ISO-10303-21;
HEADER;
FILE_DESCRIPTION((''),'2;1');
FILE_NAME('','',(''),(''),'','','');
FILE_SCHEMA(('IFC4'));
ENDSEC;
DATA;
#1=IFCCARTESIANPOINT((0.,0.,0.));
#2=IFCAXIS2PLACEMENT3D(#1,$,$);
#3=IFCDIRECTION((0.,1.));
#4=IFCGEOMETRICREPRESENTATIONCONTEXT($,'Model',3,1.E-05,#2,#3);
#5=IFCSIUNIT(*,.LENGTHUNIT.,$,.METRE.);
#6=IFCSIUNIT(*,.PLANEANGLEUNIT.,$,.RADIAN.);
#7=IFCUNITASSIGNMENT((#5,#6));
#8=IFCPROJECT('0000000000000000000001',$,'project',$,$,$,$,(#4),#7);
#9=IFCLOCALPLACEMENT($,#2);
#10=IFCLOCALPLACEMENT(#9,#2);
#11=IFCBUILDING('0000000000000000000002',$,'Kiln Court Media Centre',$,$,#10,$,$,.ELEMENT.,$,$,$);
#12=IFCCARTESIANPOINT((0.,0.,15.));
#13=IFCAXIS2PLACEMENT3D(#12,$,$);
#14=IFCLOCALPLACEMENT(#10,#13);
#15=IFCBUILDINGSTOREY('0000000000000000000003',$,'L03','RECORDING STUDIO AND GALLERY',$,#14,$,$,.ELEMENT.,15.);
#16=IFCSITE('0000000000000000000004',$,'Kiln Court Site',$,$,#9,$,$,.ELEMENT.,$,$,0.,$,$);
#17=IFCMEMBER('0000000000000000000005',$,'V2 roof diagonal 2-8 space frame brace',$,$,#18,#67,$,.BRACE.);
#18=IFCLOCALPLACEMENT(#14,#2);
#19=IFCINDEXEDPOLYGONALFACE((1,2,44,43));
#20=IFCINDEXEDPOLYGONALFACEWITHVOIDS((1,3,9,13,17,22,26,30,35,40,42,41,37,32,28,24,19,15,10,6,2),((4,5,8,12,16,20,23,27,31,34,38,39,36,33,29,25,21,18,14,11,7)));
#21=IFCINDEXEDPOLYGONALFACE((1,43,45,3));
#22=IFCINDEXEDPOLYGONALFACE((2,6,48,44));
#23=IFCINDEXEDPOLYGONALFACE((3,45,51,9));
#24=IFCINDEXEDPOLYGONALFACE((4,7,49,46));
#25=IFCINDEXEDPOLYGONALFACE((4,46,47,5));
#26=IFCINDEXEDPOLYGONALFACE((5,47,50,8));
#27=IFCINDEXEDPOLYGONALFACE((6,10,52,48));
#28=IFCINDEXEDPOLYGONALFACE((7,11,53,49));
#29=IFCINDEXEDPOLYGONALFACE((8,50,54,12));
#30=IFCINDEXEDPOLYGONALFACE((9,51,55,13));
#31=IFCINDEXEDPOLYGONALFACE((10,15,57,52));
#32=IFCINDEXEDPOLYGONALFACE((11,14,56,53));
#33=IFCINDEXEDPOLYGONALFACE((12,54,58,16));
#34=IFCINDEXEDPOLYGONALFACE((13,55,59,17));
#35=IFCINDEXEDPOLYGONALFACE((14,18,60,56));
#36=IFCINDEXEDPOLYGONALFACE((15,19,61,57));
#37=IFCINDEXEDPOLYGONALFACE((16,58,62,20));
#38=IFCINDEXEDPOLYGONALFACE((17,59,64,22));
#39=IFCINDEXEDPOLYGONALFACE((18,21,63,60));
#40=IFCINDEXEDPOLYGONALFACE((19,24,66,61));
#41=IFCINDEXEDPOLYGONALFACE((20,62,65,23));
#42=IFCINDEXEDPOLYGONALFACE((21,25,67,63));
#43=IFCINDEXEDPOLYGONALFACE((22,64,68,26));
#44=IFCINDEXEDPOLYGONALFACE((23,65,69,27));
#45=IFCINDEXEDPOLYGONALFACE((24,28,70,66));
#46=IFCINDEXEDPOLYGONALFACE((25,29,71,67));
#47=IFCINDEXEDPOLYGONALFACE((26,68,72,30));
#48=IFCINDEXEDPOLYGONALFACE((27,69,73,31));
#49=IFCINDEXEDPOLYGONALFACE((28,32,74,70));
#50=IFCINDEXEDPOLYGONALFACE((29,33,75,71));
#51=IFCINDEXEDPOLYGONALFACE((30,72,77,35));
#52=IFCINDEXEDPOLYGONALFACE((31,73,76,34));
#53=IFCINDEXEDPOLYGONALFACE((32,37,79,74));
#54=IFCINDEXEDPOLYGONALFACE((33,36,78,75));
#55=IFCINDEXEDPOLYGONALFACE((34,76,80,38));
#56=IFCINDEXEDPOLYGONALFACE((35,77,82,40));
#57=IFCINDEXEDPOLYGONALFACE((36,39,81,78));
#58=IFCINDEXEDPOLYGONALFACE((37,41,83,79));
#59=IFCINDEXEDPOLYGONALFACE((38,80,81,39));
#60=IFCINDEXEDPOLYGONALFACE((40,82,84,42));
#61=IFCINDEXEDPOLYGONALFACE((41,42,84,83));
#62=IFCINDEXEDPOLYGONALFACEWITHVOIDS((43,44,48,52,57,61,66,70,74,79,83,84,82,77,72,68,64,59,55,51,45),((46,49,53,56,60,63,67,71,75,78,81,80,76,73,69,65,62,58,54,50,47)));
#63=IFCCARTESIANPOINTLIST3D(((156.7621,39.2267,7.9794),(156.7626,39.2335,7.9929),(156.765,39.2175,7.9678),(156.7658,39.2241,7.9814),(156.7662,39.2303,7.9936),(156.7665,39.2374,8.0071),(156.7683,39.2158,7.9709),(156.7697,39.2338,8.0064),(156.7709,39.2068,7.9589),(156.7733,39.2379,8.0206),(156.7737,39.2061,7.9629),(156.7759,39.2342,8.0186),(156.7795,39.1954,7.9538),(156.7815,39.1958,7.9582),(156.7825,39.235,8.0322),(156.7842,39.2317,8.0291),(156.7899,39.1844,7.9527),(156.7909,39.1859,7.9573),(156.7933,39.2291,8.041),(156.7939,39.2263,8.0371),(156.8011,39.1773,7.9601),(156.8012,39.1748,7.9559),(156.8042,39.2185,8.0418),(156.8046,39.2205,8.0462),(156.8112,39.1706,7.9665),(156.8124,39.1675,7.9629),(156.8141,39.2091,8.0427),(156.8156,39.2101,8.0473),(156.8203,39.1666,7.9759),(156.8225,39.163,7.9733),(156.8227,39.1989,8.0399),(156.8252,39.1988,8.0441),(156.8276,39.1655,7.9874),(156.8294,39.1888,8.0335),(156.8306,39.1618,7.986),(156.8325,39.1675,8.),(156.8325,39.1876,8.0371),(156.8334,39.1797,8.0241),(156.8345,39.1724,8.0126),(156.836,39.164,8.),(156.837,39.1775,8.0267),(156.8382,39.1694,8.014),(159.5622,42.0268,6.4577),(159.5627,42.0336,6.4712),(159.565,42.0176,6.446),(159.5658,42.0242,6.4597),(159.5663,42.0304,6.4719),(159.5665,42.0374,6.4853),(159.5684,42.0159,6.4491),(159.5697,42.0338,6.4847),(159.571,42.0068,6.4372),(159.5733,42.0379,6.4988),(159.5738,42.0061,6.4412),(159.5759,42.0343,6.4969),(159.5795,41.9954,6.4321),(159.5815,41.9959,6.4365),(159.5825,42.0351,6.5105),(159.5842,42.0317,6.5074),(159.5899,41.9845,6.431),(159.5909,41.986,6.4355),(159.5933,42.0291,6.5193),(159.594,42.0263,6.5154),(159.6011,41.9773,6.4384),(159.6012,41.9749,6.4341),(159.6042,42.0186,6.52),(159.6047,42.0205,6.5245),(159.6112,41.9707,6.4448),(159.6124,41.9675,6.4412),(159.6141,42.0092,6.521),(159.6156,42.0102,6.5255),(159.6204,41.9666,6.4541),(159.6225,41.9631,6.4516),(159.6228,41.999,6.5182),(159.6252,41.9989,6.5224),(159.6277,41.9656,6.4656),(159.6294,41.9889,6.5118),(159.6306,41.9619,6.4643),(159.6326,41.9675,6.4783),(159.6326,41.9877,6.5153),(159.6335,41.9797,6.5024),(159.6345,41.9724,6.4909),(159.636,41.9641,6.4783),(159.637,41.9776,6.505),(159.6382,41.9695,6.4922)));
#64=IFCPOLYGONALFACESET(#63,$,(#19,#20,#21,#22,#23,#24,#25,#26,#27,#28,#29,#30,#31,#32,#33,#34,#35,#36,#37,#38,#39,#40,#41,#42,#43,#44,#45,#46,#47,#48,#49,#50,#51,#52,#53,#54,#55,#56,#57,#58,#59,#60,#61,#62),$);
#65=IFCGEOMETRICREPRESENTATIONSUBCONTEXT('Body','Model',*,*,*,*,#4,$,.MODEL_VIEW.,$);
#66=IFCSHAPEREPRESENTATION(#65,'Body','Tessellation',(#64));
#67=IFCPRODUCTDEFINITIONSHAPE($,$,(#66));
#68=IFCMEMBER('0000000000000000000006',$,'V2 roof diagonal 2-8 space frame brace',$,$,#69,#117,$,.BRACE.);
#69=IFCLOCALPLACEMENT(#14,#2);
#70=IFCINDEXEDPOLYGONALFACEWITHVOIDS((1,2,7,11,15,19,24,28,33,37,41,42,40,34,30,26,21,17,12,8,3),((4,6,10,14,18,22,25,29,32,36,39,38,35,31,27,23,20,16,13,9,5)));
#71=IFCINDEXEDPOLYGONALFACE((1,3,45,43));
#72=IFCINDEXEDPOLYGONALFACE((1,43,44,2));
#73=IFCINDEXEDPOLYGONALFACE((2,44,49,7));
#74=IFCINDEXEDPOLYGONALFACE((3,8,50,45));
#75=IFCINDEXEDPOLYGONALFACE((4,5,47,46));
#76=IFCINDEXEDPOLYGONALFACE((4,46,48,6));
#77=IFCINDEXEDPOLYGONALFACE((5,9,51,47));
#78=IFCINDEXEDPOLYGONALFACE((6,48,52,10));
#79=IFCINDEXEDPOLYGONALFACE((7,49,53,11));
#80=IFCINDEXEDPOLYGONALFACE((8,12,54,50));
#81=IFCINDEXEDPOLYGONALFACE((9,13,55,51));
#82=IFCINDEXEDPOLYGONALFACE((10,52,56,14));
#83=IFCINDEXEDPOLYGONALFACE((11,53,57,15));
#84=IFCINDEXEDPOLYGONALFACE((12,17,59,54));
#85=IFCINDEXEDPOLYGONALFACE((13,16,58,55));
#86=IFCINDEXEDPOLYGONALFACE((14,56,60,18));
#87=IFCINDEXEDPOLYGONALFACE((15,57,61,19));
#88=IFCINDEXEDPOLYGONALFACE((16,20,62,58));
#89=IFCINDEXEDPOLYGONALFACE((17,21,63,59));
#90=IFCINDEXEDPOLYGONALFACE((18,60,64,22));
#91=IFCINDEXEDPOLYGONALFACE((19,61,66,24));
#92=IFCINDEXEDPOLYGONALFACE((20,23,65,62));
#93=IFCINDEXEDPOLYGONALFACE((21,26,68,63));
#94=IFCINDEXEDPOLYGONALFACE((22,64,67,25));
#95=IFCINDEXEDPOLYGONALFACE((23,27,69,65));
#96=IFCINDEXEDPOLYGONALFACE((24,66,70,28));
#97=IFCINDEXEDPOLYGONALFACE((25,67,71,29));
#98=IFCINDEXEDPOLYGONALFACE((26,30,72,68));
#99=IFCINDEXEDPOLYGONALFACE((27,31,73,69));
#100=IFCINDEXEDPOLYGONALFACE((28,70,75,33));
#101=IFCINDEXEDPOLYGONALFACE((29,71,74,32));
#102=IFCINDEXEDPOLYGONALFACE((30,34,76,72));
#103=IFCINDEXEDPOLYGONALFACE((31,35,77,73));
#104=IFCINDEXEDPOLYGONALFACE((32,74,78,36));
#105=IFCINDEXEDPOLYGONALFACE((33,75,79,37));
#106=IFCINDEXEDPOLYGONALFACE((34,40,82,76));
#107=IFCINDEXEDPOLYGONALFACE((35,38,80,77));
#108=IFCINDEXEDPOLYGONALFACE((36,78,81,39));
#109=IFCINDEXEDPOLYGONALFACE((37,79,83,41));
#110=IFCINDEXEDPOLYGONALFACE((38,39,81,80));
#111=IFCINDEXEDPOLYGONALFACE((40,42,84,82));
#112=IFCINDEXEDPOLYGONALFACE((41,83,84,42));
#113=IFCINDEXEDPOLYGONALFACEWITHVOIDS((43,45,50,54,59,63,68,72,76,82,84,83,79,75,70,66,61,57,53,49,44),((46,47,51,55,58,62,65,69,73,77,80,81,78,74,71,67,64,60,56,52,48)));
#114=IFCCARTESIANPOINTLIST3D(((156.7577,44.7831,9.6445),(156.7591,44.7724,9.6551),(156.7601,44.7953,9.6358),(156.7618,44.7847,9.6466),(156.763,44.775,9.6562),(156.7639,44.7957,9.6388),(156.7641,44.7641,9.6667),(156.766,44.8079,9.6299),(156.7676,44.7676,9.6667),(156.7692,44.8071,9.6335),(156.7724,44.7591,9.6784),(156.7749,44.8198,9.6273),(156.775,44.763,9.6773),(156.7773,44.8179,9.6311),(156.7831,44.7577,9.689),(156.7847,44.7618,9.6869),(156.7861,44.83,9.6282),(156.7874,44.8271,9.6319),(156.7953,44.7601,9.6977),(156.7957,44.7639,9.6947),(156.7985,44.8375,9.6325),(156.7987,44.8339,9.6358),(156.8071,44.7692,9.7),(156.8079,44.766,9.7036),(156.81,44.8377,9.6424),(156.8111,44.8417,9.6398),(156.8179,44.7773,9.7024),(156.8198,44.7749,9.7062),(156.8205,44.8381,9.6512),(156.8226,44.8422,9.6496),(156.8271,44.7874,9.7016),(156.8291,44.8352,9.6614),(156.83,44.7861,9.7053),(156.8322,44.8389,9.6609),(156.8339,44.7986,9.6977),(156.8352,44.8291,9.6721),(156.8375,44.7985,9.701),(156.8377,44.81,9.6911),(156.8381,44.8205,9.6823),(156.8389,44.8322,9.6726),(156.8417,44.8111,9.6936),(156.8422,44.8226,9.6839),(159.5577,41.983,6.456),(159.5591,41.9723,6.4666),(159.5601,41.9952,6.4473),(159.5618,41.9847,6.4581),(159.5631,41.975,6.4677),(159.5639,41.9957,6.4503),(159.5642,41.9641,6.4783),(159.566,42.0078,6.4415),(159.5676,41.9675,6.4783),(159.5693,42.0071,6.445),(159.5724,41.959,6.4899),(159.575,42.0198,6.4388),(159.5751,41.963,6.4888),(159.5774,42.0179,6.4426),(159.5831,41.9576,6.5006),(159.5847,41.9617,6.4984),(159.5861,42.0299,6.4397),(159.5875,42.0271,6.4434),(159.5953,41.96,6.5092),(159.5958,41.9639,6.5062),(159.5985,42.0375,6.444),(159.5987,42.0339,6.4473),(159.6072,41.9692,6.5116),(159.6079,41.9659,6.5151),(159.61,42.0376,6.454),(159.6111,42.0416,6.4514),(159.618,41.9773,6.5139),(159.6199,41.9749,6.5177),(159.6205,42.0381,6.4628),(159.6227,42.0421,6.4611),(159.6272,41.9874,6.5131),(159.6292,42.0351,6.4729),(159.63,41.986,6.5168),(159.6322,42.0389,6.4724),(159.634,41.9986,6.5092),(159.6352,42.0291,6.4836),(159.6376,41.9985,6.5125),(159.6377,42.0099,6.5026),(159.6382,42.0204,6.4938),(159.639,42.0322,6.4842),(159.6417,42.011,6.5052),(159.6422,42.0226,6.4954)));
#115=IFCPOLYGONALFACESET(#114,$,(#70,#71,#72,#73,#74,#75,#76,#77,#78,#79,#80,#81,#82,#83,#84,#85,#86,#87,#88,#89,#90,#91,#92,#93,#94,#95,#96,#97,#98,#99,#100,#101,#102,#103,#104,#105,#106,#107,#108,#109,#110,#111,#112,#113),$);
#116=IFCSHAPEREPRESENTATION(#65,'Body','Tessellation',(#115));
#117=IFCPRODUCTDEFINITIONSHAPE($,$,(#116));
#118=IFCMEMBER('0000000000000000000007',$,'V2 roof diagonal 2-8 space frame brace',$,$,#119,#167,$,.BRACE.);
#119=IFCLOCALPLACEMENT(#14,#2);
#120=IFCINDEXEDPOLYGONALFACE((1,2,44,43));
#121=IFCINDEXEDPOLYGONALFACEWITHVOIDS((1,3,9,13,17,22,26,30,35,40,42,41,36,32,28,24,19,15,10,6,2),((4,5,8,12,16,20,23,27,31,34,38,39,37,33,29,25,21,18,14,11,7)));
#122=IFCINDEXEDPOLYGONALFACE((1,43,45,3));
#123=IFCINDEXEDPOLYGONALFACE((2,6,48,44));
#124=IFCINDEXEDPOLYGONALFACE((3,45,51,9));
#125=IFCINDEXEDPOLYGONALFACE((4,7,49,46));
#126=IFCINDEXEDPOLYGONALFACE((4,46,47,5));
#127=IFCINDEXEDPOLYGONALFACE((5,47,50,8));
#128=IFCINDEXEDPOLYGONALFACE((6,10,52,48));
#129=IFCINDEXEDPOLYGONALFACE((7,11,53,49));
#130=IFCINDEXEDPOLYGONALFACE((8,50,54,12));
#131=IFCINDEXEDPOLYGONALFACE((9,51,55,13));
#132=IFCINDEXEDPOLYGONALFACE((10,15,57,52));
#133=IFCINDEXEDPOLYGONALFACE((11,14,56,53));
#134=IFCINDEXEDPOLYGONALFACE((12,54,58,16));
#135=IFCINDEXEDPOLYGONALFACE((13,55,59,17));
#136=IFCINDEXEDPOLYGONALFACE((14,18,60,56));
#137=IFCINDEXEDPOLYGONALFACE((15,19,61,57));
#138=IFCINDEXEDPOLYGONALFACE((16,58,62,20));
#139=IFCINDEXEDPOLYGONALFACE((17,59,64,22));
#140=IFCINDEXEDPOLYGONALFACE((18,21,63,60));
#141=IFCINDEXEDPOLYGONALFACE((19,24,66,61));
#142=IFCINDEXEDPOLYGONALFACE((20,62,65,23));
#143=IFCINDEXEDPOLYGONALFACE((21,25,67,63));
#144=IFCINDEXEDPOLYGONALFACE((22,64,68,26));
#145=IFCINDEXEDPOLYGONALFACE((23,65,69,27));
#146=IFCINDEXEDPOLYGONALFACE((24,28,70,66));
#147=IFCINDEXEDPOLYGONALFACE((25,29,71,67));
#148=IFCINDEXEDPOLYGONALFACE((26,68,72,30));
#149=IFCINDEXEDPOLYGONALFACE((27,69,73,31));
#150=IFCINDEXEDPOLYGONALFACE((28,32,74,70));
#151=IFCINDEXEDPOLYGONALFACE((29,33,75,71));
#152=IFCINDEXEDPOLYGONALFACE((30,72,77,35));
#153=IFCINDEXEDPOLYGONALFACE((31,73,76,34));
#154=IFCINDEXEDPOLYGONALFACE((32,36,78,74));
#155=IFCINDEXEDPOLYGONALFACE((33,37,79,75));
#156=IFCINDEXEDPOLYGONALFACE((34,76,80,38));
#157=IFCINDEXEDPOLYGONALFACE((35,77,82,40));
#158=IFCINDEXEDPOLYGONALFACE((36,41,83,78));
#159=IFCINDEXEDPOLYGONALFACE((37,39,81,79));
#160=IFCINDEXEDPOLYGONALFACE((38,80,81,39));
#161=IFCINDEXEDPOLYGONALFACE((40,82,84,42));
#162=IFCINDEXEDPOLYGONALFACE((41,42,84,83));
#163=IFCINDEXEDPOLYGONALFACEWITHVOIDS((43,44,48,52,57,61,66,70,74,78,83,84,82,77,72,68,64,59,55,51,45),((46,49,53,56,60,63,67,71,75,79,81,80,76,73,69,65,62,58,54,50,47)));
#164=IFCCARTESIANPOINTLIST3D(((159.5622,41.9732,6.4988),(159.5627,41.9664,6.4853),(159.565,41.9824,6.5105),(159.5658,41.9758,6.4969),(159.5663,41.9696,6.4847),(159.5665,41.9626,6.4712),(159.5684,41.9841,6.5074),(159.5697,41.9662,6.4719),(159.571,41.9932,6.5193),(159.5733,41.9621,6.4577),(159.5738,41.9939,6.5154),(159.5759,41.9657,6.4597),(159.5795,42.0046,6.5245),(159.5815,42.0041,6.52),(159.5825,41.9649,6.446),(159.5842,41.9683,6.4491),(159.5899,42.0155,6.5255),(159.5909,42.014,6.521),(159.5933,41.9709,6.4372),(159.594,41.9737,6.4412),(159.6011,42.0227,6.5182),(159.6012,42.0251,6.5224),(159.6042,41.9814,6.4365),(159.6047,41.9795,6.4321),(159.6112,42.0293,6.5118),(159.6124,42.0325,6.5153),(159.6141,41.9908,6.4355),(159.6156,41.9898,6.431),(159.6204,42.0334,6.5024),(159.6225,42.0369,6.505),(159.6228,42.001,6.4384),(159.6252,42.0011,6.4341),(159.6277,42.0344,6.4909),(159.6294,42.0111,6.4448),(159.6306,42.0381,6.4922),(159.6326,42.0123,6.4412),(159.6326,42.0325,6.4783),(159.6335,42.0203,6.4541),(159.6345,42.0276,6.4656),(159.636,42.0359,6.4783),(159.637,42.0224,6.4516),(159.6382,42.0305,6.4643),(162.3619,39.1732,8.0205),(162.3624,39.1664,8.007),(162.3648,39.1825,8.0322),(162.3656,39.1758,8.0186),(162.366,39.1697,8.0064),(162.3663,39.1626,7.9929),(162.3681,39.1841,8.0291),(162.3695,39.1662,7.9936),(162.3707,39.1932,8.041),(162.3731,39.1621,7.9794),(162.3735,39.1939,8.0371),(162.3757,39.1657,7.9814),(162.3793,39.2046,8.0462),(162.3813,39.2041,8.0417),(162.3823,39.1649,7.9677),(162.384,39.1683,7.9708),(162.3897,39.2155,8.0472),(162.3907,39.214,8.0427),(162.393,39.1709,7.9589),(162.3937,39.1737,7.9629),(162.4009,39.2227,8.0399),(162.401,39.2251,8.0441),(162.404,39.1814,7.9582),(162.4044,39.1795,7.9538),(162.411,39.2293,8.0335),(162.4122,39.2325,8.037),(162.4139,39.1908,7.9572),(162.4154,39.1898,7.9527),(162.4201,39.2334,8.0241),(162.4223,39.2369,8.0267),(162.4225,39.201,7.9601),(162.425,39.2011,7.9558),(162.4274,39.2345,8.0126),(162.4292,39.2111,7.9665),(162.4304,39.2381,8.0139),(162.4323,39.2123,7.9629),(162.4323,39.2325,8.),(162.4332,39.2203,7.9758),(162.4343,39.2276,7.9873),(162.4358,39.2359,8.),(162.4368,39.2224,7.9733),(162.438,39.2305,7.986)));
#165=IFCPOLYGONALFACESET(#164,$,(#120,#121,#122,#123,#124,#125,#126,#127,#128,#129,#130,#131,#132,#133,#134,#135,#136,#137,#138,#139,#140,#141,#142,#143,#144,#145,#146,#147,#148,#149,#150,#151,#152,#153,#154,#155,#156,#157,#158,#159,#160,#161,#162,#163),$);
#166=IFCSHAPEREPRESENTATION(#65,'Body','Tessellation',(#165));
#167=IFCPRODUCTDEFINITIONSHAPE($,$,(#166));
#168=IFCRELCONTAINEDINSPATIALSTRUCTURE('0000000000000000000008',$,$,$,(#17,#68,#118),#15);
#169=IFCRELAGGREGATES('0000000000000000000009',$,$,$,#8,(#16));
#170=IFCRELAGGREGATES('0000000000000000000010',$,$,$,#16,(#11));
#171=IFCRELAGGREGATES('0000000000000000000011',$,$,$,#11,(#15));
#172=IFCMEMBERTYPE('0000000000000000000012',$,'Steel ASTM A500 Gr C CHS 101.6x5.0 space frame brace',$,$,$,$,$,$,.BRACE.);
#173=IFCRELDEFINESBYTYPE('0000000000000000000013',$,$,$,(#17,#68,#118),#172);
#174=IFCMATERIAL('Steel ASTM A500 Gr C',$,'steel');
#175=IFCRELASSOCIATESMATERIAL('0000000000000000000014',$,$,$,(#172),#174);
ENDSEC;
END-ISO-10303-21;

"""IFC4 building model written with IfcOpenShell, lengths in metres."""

from ifc_helpers import new_model, si_unit, direction, frame, origin, origin_2d, place, context, subcontext, project, spatial, hollow_circle, extrude, material, material_profile, profile_set, type_object, element, save


model = new_model("IFC4")

# Units and contexts
model_context = context("Model", 3, precision=1e-05, world=origin(), true_north=direction((0.0, 1.0)))
body_context = subcontext(model_context, "Body", "Model", "MODEL_VIEW")
ifc_project = project(units=[si_unit("LENGTHUNIT", "METRE"), si_unit("PLANEANGLEUNIT", "RADIAN")], contexts=[model_context])

# Site, building, storey
site_placement = place(None, origin())
site = spatial("IfcSite", under=ifc_project, at=site_placement, Name="Kiln Court Site", CompositionType="ELEMENT", RefElevation=0.0)
building_placement = place(site_placement, origin())
building = spatial("IfcBuilding", under=site, at=building_placement, Name="Kiln Court Media Centre", CompositionType="ELEMENT")
storey_placement = place(building_placement, frame((0.0, 0.0, 15.0)))
storey = spatial("IfcBuildingStorey", under=building, at=storey_placement, Name="L03", Description="RECORDING STUDIO AND GALLERY", CompositionType="ELEMENT", Elevation=15.0)

# Members
ifc_material_1 = material(Name="Steel ASTM A500 Gr C", Category="steel")
ifc_material_profile_1 = material_profile(ifc_material_1, hollow_circle(Radius=0.0508, WallThickness=0.0049, at=origin_2d()), Name="CHS 101.6x5.0")
ifc_profile_set_1 = profile_set([ifc_material_profile_1], Name="Steel ASTM A500 Gr C")
member_type_1 = type_object("IfcMemberType", Name="Steel ASTM A500 Gr C CHS 101.6x5.0 space frame brace", PredefinedType="BRACE", material=ifc_profile_set_1)
member_1_placement = place(storey_placement, frame((159.6001, 42.0, 6.4783), z_axis=(-0.660047, -0.660047, 0.358713), x_axis=(0.707107, -0.707107, 0.0)))
element("IfcMember", 1, at=member_1_placement, inside=storey, type_object=member_type_1, Name="V2 roof diagonal 2-8 space frame brace", PredefinedType="BRACE", context=body_context, shape_type="SweptSolid", body=[
    extrude(hollow_circle(Radius=0.0508, WallThickness=0.0049, at=origin_2d()), origin(), (0.0, 0.0, 1.0), 4.2422),
])
member_2_placement = place(storey_placement, frame((159.6001, 42.0, 6.4783), z_axis=(-0.550758, 0.550758, 0.627161), x_axis=(-0.707107, -0.707107, 0.0)))
element("IfcMember", 2, at=member_2_placement, inside=storey, type_object=member_type_1, Name="V2 roof diagonal 2-8 space frame brace", PredefinedType="BRACE", context=body_context, shape_type="SweptSolid", body=[
    extrude(hollow_circle(Radius=0.0508, WallThickness=0.0049, at=origin_2d()), origin(), (0.0, 0.0, 1.0), 5.084),
])
member_3_placement = place(storey_placement, frame((159.6001, 42.0, 6.4783), z_axis=(0.660015, -0.660073, 0.358726), x_axis=(0.707138, 0.707076, 0.0)))
element("IfcMember", 3, at=member_3_placement, inside=storey, type_object=member_type_1, Name="V2 roof diagonal 2-8 space frame brace", PredefinedType="BRACE", context=body_context, shape_type="SweptSolid", body=[
    extrude(hollow_circle(Radius=0.0508, WallThickness=0.0049, at=origin_2d()), origin(), (0.0, 0.0, 1.0), 4.2419),
])

save(model, "model.ifc")
